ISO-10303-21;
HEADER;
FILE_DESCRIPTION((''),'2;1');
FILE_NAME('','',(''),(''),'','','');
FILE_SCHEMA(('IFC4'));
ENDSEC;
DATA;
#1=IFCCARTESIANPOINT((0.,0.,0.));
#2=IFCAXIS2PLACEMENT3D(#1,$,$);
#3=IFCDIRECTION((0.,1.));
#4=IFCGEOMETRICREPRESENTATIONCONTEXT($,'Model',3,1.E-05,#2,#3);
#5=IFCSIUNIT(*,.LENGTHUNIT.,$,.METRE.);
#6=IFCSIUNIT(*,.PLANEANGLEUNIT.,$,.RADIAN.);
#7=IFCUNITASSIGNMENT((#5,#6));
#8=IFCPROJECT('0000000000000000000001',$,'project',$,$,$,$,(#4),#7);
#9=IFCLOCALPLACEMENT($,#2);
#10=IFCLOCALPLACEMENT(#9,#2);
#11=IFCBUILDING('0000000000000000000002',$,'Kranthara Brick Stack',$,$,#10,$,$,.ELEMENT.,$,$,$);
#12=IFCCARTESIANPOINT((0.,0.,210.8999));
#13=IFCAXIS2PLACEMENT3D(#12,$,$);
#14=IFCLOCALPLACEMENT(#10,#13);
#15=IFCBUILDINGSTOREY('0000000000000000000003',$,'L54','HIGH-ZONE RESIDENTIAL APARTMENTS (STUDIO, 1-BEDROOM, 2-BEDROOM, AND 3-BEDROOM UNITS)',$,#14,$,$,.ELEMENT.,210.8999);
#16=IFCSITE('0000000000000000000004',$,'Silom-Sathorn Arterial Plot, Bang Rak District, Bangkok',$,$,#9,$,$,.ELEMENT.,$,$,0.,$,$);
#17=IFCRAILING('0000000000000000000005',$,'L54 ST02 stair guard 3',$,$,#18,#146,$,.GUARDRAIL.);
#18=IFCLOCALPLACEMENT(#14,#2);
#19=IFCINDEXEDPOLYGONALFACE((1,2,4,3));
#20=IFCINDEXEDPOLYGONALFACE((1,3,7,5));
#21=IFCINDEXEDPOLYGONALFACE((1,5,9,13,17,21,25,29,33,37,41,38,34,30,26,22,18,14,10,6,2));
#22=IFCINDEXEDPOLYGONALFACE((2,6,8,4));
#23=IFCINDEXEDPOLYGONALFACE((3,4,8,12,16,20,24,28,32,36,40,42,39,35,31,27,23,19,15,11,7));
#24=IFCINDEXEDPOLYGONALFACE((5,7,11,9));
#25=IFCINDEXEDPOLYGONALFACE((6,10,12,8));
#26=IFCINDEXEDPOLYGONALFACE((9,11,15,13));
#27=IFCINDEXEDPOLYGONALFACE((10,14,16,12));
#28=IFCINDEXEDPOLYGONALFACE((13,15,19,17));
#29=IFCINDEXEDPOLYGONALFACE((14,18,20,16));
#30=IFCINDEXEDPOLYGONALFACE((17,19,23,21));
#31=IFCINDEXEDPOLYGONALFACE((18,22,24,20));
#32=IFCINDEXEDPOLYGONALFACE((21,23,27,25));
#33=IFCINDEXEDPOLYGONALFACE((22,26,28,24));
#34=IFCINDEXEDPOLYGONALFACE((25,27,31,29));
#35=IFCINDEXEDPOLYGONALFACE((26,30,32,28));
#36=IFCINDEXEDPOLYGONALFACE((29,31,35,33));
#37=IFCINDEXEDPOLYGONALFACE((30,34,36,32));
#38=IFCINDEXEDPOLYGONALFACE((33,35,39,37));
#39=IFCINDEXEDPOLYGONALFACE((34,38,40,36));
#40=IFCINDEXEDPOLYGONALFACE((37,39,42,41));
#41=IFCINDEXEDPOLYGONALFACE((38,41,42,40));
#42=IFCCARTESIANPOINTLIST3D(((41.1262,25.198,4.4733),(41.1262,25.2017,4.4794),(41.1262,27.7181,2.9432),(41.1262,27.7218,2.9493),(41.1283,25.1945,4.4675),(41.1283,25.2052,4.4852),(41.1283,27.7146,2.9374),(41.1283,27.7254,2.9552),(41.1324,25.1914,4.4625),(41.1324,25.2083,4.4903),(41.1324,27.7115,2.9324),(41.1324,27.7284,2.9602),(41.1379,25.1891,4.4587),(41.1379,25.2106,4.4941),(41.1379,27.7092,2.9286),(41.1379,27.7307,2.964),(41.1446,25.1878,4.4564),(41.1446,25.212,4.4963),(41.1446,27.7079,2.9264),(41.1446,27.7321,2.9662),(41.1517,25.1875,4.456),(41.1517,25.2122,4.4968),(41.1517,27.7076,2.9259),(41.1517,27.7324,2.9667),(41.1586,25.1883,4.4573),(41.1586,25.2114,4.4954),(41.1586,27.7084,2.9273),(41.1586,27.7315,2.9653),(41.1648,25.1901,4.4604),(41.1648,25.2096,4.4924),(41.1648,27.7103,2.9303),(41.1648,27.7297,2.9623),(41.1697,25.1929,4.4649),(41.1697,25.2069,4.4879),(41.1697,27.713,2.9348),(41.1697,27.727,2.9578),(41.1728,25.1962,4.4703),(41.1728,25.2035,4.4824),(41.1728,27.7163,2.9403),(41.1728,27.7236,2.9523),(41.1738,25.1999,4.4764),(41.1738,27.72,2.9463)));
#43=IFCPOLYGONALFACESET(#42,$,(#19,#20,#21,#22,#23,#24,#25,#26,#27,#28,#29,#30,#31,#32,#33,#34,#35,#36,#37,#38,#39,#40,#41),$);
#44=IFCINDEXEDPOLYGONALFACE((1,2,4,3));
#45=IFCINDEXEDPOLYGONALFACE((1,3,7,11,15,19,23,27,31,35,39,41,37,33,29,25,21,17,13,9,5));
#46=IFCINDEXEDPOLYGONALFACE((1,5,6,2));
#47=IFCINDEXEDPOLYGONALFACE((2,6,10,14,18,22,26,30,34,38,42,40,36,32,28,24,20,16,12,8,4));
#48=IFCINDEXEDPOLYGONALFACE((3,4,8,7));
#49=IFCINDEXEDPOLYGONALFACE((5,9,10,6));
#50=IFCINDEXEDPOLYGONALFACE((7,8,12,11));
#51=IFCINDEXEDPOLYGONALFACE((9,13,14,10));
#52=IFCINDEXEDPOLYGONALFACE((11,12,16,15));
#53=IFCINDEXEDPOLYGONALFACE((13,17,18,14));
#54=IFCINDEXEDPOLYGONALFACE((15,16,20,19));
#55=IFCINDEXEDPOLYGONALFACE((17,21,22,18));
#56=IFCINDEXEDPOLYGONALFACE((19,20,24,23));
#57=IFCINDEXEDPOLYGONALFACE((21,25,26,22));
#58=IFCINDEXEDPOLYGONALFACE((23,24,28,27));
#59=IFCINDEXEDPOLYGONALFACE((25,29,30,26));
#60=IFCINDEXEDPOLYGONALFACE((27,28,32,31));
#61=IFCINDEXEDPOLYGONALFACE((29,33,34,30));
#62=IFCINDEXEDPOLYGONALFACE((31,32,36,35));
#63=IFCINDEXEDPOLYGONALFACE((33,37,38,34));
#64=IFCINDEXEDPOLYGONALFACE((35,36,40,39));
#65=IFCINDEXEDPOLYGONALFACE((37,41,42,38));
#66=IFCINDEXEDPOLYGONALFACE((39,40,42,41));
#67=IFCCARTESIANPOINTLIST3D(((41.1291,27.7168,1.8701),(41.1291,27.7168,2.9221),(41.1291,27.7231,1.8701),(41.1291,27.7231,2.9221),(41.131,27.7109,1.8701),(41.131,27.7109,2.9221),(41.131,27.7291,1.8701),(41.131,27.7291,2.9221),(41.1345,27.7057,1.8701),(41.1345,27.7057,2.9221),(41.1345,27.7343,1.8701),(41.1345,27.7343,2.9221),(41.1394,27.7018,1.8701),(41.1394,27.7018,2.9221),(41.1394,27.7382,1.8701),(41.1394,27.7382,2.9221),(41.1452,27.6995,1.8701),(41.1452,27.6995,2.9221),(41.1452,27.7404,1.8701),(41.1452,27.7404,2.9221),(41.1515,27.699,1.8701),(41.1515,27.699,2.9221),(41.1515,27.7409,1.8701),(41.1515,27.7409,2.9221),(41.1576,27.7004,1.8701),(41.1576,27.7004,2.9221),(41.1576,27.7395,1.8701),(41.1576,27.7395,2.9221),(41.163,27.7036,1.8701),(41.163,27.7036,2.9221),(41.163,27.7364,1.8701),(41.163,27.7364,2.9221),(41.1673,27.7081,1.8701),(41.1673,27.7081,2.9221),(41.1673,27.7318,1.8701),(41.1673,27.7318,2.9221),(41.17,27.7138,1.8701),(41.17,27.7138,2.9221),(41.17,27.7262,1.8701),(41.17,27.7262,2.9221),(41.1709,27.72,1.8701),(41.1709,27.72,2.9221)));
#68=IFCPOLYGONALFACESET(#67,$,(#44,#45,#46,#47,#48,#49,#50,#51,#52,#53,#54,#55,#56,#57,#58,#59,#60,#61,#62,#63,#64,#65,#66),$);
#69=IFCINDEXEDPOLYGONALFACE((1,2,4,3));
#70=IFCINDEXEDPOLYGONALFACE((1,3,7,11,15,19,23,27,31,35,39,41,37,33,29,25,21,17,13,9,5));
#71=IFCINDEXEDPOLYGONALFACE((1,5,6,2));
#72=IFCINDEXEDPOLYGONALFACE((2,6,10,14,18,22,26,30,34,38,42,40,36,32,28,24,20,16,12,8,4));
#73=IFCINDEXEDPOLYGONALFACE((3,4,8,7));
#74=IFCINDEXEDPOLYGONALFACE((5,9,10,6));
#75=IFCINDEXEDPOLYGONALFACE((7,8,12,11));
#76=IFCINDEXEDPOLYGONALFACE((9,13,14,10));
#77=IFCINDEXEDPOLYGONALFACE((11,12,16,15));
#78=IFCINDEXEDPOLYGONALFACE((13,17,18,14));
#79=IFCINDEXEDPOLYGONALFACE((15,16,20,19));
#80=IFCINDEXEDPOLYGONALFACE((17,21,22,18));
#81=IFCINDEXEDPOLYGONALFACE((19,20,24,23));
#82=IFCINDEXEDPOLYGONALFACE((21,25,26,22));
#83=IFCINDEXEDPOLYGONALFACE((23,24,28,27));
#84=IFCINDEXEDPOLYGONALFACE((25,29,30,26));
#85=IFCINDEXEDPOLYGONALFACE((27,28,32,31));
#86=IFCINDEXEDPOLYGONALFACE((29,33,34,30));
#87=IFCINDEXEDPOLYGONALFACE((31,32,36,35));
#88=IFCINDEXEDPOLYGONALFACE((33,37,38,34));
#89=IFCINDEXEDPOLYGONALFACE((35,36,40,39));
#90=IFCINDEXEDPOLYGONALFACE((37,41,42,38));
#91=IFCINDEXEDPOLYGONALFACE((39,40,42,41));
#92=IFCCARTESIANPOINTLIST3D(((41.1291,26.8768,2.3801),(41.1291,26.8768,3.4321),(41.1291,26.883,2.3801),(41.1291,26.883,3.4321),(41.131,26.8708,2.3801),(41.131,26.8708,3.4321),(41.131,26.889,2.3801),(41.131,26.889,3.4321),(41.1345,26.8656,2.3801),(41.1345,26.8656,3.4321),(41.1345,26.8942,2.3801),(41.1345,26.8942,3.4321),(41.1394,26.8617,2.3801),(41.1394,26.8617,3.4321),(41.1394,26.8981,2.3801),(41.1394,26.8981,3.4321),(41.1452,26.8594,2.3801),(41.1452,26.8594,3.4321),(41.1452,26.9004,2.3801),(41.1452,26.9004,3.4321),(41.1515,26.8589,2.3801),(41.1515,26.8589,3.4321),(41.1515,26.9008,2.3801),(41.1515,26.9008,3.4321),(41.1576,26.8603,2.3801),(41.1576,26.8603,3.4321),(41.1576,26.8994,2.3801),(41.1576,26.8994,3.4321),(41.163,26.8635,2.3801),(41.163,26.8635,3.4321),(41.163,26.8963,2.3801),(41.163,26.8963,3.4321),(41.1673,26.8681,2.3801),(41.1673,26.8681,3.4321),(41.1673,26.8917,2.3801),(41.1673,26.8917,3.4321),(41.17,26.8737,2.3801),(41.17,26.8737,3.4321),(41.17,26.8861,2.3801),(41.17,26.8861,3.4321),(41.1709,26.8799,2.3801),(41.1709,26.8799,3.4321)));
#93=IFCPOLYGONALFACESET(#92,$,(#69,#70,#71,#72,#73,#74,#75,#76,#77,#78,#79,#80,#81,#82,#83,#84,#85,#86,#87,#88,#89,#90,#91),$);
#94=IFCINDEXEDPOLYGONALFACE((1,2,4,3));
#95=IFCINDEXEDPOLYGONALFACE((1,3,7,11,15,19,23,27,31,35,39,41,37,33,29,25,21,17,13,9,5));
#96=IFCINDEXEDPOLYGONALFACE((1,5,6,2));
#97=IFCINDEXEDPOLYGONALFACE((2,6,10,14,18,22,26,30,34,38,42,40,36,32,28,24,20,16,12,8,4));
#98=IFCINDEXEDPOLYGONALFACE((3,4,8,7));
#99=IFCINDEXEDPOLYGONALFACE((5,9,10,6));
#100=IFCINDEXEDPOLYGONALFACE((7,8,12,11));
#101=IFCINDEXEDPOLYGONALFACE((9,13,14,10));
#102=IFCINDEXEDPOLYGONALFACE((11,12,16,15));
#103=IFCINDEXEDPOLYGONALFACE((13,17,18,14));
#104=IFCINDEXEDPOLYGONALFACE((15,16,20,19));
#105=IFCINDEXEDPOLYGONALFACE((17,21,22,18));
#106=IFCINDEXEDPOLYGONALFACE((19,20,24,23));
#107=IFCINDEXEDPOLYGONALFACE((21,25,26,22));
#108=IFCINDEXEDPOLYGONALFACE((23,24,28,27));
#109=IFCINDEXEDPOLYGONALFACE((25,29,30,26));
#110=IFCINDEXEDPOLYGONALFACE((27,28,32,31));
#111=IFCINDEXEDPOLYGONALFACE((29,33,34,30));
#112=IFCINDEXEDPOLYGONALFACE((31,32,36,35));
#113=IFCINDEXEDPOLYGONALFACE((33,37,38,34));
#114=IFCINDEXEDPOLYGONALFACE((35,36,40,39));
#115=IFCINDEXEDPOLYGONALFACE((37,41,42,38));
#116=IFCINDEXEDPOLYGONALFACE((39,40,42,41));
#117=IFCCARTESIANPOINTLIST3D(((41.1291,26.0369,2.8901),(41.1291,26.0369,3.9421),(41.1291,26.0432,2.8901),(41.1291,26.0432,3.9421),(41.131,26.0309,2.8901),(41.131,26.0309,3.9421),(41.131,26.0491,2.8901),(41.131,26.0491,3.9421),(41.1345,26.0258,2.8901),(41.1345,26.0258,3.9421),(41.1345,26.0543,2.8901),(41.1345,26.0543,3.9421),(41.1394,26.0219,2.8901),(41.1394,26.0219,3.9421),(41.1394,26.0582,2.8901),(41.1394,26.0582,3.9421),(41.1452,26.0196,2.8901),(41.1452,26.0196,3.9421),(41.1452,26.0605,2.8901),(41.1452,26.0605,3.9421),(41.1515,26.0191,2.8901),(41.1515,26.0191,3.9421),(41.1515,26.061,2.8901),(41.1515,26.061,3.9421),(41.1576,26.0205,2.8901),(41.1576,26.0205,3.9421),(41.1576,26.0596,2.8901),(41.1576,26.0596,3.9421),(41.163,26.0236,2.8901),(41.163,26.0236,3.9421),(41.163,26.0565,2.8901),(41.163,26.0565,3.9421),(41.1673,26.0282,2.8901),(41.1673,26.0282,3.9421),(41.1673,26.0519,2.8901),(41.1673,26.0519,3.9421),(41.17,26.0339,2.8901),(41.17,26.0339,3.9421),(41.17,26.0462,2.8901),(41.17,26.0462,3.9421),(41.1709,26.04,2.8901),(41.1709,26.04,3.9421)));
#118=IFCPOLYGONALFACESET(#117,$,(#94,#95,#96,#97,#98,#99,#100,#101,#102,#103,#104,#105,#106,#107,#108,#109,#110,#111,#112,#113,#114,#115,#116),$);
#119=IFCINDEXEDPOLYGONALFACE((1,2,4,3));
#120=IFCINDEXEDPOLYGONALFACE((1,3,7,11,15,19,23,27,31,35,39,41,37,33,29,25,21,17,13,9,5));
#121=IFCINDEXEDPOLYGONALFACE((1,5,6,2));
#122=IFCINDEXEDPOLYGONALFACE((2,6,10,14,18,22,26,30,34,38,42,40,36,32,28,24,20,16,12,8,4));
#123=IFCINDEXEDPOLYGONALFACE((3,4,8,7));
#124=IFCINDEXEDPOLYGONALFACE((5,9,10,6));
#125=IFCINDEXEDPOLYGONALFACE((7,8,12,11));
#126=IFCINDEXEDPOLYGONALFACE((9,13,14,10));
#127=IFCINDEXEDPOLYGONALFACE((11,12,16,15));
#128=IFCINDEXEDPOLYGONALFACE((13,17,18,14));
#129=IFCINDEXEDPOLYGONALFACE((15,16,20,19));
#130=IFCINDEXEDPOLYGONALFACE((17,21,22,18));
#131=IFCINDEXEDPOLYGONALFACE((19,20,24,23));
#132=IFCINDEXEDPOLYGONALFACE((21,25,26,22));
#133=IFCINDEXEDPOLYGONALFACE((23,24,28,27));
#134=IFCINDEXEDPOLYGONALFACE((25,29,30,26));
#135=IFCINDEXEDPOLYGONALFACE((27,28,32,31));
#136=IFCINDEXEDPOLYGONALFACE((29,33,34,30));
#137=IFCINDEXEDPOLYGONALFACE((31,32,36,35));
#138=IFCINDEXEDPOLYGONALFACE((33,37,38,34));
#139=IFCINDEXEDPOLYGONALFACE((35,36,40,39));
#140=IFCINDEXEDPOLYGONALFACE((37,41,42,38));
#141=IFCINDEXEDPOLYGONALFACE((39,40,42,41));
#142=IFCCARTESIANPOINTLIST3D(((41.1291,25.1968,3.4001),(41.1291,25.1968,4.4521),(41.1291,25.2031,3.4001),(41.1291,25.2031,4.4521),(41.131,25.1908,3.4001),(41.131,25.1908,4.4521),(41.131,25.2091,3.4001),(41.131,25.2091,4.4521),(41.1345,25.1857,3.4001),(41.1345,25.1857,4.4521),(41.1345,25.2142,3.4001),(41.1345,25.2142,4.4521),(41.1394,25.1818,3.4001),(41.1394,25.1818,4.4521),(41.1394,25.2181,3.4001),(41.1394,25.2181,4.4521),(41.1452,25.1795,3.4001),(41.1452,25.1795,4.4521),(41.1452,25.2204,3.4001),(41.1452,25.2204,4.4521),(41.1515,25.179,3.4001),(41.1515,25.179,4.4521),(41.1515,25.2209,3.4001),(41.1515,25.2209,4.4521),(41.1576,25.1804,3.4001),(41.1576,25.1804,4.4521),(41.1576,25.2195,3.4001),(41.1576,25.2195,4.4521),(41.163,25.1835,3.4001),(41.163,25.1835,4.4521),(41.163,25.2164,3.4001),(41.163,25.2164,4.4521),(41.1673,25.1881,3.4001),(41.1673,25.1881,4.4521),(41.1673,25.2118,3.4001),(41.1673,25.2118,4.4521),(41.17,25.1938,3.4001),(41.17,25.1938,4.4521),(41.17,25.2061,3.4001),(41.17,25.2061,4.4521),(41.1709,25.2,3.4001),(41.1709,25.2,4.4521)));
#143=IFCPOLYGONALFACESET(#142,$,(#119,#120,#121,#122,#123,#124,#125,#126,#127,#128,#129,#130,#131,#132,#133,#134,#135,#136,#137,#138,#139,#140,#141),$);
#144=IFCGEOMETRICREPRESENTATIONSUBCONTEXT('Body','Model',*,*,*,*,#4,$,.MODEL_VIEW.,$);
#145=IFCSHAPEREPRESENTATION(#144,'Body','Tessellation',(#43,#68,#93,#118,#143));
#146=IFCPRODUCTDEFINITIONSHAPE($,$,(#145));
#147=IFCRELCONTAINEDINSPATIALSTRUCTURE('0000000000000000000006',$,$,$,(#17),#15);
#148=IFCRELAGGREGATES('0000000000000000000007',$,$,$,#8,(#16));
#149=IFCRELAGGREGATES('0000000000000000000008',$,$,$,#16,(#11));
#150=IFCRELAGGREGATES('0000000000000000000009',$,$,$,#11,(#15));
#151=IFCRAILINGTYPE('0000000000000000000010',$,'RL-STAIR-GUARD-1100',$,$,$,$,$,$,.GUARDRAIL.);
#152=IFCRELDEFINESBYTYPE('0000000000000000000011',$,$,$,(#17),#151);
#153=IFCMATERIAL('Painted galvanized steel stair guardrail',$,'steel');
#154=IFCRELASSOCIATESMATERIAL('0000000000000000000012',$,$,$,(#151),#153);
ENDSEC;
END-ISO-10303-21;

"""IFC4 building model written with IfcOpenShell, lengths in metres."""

from ifc_helpers import new_model, si_unit, direction, frame, origin, origin_2d, place, context, subcontext, project, spatial, circle, extrude, material, type_object, element, save


model = new_model("IFC4")

# Units and contexts
model_context = context("Model", 3, precision=1e-05, world=origin(), true_north=direction((0.0, 1.0)))
body_context = subcontext(model_context, "Body", "Model", "MODEL_VIEW")
ifc_project = project(units=[si_unit("LENGTHUNIT", "METRE"), si_unit("PLANEANGLEUNIT", "RADIAN")], contexts=[model_context])

# Site, building, storey
site_placement = place(None, origin())
site = spatial("IfcSite", under=ifc_project, at=site_placement, Name="Silom-Sathorn Arterial Plot, Bang Rak District, Bangkok", CompositionType="ELEMENT", RefElevation=0.0)
building_placement = place(site_placement, origin())
building = spatial("IfcBuilding", under=site, at=building_placement, Name="Kranthara Brick Stack", CompositionType="ELEMENT")
storey_placement = place(building_placement, frame((0.0, 0.0, 210.8999)))
storey = spatial("IfcBuildingStorey", under=building, at=storey_placement, Name="L54", Description="HIGH-ZONE RESIDENTIAL APARTMENTS (STUDIO, 1-BEDROOM, 2-BEDROOM, AND 3-BEDROOM UNITS)", CompositionType="ELEMENT", Elevation=210.8999)

# Railing
ifc_material_1 = material(Name="Painted galvanized steel stair guardrail", Category="steel")
railing_type_1 = type_object("IfcRailingType", Name="RL-STAIR-GUARD-1100", PredefinedType="GUARDRAIL", material=ifc_material_1)
railing_1_placement = place(storey_placement, frame((41.1499, 27.72, 1.8701)))
element("IfcRailing", 1, at=railing_1_placement, inside=storey, type_object=railing_type_1, Name="L54 ST02 stair guard 3", PredefinedType="GUARDRAIL", context=body_context, shape_type="SweptSolid", body=[
    extrude(circle(Radius=0.0239, at=origin_2d()), frame((0.0, 0.0, 1.0762), z_axis=(0.0, -0.854785, 0.518982), x_axis=(1.0, 0.0, 0.0)), (0.0, 0.0, 1.0), 2.9482),
    extrude(circle(Radius=0.021, at=origin_2d()), origin(), (0.0, 0.0, 1.0), 1.052),
    extrude(circle(Radius=0.021, at=origin_2d()), frame((0.0, -0.8401, 0.51)), (0.0, 0.0, 1.0), 1.052),
    extrude(circle(Radius=0.021, at=origin_2d()), frame((0.0, -1.6799, 1.02)), (0.0, 0.0, 1.0), 1.052),
    extrude(circle(Radius=0.021, at=origin_2d()), frame((0.0, -2.52, 1.53)), (0.0, 0.0, 1.0), 1.052),
])

save(model, "model.ifc")
